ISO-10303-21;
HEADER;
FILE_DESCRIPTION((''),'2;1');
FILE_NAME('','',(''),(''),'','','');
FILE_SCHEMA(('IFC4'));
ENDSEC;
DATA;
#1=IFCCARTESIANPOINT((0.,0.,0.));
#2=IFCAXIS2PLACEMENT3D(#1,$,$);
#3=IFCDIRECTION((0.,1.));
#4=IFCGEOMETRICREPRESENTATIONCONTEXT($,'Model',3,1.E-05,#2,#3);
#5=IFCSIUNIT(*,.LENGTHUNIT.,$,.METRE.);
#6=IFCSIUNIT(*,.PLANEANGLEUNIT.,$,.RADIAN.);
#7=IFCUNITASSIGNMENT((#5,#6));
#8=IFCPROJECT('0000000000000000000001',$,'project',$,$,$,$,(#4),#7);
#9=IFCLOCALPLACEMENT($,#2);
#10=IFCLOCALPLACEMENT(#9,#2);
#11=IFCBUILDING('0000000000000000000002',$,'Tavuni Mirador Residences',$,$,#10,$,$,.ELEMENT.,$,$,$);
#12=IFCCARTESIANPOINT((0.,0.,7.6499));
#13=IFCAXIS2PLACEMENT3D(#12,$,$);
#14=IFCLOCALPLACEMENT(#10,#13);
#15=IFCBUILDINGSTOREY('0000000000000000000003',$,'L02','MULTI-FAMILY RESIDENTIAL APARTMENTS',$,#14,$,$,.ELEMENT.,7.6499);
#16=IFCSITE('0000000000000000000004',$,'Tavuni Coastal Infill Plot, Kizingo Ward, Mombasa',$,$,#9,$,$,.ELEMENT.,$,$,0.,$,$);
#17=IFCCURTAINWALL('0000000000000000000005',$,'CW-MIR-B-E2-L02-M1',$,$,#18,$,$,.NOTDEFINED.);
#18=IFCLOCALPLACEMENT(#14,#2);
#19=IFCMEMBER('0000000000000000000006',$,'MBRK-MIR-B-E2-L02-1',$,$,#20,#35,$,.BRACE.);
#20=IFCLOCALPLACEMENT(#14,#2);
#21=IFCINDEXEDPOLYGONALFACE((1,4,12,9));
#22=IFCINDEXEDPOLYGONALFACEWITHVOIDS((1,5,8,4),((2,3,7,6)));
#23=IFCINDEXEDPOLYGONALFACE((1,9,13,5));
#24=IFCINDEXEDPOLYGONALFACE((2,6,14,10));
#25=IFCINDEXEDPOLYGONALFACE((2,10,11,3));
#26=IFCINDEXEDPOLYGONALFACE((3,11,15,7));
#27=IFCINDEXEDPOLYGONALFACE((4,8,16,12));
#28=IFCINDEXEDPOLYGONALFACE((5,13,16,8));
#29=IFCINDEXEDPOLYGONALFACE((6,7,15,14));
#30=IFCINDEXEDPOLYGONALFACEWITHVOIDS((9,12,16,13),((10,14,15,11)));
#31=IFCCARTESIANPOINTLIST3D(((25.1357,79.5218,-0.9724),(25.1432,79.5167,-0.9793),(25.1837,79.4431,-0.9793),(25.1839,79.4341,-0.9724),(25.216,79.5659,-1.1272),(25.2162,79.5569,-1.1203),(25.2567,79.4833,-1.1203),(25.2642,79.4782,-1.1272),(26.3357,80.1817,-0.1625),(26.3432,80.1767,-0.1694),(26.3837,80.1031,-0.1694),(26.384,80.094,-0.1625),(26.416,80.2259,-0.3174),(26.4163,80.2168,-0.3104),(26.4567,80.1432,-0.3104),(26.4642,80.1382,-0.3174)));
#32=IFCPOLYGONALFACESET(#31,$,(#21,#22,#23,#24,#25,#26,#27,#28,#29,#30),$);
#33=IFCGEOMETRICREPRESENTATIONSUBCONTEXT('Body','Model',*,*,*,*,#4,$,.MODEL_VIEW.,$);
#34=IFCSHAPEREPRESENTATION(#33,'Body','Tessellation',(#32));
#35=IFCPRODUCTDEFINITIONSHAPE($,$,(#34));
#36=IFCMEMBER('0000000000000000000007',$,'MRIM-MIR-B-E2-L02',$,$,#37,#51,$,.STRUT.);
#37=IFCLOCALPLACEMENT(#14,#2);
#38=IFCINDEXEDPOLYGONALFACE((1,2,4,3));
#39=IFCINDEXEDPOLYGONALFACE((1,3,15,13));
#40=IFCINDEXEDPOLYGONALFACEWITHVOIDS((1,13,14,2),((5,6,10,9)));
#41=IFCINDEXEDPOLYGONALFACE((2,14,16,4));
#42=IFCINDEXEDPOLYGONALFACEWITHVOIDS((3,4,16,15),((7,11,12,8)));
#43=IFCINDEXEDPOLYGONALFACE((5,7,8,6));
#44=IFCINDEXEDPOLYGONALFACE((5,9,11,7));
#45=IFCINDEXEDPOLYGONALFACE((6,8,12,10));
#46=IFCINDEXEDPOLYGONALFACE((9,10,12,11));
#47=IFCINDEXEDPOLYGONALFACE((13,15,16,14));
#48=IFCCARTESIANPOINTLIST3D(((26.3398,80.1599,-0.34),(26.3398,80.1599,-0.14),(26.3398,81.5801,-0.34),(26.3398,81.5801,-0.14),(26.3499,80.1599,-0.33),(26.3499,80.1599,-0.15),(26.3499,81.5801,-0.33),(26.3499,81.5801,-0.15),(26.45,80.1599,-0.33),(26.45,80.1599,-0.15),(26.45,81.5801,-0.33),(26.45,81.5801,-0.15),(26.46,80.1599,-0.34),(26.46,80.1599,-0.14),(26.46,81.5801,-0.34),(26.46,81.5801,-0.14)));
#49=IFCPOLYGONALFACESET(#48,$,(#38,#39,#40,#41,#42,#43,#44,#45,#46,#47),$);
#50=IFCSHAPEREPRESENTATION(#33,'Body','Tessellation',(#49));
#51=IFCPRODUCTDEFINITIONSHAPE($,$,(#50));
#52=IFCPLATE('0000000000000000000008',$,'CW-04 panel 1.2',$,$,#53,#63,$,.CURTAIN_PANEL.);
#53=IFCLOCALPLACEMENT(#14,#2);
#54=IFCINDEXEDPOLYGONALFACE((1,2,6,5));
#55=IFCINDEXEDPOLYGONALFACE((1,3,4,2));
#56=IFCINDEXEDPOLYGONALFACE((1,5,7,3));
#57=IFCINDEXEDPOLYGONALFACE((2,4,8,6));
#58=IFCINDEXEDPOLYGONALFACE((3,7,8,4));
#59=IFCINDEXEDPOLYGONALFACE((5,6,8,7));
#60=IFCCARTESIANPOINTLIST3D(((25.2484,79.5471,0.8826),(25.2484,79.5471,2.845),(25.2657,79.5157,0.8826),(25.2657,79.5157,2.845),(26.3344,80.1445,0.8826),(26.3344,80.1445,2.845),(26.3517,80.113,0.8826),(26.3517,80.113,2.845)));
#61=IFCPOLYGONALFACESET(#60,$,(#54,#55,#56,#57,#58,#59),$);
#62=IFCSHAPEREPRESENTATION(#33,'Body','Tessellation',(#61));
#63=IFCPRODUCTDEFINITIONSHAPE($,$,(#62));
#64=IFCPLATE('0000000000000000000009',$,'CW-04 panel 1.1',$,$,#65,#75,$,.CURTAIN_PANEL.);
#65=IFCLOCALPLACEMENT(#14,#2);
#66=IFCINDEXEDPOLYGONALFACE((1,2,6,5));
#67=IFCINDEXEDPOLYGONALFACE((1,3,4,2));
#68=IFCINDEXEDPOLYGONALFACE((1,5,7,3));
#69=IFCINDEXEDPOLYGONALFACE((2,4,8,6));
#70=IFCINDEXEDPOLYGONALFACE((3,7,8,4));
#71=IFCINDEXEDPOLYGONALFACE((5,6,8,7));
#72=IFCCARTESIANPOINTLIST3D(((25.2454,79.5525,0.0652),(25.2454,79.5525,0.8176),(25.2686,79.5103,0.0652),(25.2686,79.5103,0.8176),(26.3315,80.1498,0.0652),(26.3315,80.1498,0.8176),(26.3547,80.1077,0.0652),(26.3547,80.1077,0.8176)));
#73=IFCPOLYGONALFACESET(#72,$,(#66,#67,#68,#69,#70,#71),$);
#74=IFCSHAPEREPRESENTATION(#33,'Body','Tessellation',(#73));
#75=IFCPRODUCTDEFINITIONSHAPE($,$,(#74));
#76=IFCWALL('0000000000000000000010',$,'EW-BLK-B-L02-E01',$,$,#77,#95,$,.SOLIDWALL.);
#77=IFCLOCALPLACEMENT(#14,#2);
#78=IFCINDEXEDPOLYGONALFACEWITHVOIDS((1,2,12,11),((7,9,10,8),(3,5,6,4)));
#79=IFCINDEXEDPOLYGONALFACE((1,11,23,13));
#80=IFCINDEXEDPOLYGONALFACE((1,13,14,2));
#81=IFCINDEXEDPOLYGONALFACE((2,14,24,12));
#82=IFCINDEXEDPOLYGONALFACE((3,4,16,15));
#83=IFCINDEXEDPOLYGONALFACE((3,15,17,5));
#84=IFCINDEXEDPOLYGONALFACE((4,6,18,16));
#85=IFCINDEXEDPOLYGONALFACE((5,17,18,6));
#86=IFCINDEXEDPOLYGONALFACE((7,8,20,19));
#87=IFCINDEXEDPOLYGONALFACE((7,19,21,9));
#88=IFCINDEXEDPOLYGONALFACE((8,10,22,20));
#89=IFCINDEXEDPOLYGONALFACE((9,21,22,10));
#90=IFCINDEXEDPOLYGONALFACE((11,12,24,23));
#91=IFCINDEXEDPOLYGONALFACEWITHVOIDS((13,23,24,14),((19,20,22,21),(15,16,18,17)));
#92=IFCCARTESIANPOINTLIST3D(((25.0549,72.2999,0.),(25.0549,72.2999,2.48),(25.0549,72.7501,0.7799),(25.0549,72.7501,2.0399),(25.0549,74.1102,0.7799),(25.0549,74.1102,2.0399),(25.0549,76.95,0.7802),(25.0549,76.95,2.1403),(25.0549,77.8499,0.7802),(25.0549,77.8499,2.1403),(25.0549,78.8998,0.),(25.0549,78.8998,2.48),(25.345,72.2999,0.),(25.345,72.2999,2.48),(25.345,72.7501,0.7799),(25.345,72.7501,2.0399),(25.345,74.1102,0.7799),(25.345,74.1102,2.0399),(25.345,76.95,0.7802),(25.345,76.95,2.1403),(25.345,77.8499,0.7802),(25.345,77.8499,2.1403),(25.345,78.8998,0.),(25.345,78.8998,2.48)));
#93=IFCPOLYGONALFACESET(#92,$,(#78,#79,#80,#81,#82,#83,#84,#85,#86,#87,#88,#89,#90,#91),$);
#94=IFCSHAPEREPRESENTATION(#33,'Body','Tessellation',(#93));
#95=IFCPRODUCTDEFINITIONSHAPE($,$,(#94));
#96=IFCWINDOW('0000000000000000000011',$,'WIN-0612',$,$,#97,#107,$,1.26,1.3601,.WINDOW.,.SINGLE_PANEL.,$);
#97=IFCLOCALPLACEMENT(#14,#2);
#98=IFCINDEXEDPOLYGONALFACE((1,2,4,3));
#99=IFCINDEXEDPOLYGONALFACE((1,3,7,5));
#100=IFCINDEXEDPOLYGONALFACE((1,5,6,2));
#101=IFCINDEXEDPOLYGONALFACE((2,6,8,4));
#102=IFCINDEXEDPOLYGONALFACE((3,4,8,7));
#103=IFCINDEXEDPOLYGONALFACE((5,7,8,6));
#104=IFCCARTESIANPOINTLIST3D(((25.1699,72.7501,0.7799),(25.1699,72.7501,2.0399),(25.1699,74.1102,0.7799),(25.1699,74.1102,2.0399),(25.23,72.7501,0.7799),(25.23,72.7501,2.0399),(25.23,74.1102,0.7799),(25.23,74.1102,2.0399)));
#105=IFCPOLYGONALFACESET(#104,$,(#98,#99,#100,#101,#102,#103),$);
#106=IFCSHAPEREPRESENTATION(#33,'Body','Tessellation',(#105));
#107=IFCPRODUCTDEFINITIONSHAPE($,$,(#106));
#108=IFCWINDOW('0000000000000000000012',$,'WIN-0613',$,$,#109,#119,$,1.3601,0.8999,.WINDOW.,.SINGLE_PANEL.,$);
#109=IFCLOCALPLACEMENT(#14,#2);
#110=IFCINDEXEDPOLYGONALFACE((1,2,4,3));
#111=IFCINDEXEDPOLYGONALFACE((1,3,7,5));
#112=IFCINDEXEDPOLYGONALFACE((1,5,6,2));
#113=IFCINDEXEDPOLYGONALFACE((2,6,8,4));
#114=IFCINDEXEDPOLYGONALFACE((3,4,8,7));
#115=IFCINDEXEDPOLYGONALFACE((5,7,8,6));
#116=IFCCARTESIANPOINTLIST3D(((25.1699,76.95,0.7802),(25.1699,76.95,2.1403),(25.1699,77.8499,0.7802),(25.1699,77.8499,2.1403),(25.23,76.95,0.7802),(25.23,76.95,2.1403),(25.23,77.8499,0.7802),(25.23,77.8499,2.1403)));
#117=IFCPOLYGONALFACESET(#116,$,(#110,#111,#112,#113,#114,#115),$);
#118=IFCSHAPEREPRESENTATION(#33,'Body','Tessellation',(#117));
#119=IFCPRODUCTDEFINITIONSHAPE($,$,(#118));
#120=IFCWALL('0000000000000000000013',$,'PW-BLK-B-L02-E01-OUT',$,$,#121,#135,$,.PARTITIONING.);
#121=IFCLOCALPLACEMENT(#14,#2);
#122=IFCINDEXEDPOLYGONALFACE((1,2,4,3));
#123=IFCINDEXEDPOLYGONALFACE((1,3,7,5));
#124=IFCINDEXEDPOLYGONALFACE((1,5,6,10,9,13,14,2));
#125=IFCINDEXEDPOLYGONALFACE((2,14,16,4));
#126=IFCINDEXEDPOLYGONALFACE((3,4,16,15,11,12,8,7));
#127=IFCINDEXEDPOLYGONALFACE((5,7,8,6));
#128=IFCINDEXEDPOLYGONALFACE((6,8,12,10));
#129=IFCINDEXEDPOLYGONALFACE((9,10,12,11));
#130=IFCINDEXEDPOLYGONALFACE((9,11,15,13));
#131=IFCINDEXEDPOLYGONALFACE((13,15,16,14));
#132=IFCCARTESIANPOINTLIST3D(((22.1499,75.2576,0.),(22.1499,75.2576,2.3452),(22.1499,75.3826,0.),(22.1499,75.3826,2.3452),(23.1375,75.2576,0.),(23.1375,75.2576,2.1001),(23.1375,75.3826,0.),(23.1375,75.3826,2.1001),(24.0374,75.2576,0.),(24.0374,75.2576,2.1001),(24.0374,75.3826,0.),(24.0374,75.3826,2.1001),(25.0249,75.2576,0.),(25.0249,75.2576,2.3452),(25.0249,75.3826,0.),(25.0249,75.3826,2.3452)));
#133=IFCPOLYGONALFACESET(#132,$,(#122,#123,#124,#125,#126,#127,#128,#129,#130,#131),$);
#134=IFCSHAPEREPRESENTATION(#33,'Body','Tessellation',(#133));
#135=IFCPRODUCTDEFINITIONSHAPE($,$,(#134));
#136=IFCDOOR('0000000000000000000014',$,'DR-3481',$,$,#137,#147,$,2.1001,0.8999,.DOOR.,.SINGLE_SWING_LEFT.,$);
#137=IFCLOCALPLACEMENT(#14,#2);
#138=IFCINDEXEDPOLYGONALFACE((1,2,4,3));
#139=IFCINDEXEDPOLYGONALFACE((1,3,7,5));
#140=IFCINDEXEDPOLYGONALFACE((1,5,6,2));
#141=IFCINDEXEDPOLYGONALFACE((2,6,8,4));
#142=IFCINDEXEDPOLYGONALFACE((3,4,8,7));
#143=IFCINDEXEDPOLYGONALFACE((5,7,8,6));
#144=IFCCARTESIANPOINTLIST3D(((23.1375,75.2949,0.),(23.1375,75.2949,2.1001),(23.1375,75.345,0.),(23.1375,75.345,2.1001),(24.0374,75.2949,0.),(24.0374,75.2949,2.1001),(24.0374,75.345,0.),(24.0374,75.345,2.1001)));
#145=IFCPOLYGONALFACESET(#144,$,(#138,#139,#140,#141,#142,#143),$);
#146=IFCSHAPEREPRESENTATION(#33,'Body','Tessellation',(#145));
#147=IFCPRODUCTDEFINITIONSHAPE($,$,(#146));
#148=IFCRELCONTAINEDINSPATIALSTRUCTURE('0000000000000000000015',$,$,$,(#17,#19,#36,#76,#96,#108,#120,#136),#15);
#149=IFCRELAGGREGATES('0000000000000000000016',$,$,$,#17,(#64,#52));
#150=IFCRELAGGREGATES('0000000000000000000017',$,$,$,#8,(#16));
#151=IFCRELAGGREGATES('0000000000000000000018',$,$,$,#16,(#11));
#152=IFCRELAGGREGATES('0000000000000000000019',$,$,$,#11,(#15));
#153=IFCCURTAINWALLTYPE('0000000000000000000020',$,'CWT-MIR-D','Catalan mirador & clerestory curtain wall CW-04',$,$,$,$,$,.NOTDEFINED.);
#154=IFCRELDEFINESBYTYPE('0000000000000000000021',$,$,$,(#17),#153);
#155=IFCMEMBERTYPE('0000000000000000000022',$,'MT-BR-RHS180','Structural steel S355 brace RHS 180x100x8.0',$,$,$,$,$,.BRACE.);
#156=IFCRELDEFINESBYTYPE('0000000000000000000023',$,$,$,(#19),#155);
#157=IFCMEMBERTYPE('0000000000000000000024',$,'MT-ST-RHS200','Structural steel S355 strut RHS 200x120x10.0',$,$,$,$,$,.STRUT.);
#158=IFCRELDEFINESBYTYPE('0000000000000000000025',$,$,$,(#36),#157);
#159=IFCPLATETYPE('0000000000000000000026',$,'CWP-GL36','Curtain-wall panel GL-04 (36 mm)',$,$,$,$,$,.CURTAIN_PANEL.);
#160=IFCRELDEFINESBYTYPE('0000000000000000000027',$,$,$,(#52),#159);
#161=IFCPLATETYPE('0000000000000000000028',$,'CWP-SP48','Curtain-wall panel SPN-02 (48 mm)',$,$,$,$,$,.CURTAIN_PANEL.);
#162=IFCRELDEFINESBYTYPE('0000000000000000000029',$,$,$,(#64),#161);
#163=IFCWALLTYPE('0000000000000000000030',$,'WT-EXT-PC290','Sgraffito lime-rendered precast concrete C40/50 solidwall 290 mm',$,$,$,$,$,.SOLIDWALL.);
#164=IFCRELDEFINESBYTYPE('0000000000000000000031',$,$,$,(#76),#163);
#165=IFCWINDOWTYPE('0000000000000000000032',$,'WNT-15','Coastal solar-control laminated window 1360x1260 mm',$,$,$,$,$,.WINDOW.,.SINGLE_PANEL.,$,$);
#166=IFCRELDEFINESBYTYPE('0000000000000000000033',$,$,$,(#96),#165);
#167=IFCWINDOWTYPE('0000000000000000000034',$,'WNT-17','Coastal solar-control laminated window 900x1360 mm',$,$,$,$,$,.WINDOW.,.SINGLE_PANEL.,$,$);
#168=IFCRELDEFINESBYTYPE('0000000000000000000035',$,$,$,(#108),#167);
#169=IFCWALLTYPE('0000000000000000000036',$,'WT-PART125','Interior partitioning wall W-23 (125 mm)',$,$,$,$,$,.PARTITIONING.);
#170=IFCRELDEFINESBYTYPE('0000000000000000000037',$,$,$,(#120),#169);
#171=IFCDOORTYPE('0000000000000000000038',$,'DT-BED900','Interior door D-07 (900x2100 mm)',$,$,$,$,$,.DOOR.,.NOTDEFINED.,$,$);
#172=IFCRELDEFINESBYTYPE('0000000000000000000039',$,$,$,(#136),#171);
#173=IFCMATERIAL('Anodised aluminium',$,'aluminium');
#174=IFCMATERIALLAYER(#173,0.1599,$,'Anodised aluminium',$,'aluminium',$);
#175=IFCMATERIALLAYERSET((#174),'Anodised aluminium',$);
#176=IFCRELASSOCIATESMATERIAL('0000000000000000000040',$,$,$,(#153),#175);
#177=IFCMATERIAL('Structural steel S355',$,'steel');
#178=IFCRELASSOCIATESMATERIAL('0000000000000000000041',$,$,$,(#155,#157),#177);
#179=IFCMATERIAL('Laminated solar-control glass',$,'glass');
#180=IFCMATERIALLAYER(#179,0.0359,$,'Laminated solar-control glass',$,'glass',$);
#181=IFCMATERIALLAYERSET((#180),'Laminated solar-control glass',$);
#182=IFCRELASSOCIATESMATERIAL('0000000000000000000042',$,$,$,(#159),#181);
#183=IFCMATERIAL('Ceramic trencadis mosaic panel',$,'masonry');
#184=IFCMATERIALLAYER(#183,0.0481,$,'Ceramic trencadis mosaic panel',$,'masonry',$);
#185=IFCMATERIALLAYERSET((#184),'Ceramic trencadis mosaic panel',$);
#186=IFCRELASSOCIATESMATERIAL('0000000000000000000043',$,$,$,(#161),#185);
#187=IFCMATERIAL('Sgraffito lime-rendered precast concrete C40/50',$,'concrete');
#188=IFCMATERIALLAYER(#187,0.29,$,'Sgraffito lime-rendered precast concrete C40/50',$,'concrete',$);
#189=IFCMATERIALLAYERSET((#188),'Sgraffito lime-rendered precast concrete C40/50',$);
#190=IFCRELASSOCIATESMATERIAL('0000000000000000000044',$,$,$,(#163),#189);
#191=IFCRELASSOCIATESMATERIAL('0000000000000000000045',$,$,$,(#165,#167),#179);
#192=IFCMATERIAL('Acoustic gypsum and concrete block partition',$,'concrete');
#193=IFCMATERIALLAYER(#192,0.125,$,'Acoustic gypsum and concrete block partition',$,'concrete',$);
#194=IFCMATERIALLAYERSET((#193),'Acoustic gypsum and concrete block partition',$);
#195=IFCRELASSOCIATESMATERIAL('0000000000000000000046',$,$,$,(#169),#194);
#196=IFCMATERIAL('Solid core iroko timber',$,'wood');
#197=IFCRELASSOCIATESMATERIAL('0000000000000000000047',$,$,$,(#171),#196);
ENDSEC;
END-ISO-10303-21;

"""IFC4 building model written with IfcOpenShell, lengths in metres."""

from ifc_helpers import new_model, si_unit, direction, frame, frame_2d, origin, origin_2d, place, context, subcontext, project, spatial, rectangle, hollow_rectangle, extrude, material, layer, layer_set, material_profile, profile_set, type_object, element, fill, aggregate, save


model = new_model("IFC4")

# Units and contexts
model_context = context("Model", 3, precision=1e-05, world=origin(), true_north=direction((0.0, 1.0)))
body_context = subcontext(model_context, "Body", "Model", "MODEL_VIEW")
ifc_project = project(units=[si_unit("LENGTHUNIT", "METRE"), si_unit("PLANEANGLEUNIT", "RADIAN")], contexts=[model_context])

# Site, building, storey
site_placement = place(None, origin())
site = spatial("IfcSite", under=ifc_project, at=site_placement, Name="Tavuni Coastal Infill Plot, Kizingo Ward, Mombasa", CompositionType="ELEMENT", RefElevation=0.0)
building_placement = place(site_placement, origin())
building = spatial("IfcBuilding", under=site, at=building_placement, Name="Tavuni Mirador Residences", CompositionType="ELEMENT")
storey_placement = place(building_placement, frame((0.0, 0.0, 7.6499)))
storey = spatial("IfcBuildingStorey", under=building, at=storey_placement, Name="L02", Description="MULTI-FAMILY RESIDENTIAL APARTMENTS", CompositionType="ELEMENT", Elevation=7.6499)

# Shared definitions
ifc_material_1 = material(Name="Anodised aluminium", Category="aluminium")

# Curtain wall
ifc_layer_1 = layer(ifc_material_1, 0.1599, Name="Anodised aluminium", Category="aluminium")
ifc_layer_set_1 = layer_set([ifc_layer_1], Name="Anodised aluminium")
curtain_wall_type_1 = type_object("IfcCurtainWallType", Name="CWT-MIR-D", Description="Catalan mirador & clerestory curtain wall CW-04", PredefinedType="NOTDEFINED", material=ifc_layer_set_1)
curtain_wall_1_placement = place(storey_placement, origin())
curtain_wall_1 = element("IfcCurtainWall", 1, at=curtain_wall_1_placement, inside=storey, type_object=curtain_wall_type_1, Name="CW-MIR-B-E2-L02-M1", PredefinedType="NOTDEFINED")

# Members
ifc_material_2 = material(Name="Structural steel S355", Category="steel")
ifc_material_profile_1 = material_profile(ifc_material_2, hollow_rectangle(XDim=0.1001, YDim=0.1799, WallThickness=0.0081, at=origin_2d()), Name="RHS 180x100x8.0", Category="steel")
ifc_profile_set_1 = profile_set([ifc_material_profile_1], Name="Structural steel S355")
member_type_1 = type_object("IfcMemberType", Name="MT-BR-RHS180", Description="Structural steel S355 brace RHS 180x100x8.0", PredefinedType="BRACE", material=ifc_profile_set_1)
member_1_placement = place(storey_placement, frame((25.2, 79.5, -1.0498), z_axis=(0.754229, 0.414788, 0.509009), x_axis=(-0.481885, 0.876235, 0.0)))
element("IfcMember", 2, at=member_1_placement, inside=storey, type_object=member_type_1, Name="MBRK-MIR-B-E2-L02-1", PredefinedType="BRACE", context=body_context, shape_type="SweptSolid", body=[
    extrude(hollow_rectangle(XDim=0.1001, YDim=0.1799, WallThickness=0.0081, at=origin_2d()), origin(), (0.0, 0.0, 1.0), 1.5911),
])
ifc_material_profile_2 = material_profile(ifc_material_2, hollow_rectangle(XDim=0.1201, YDim=0.2, WallThickness=0.01, at=origin_2d()), Name="RHS 200x120x10.0", Category="steel")
ifc_profile_set_2 = profile_set([ifc_material_profile_2], Name="Structural steel S355")
member_type_2 = type_object("IfcMemberType", Name="MT-ST-RHS200", Description="Structural steel S355 strut RHS 200x120x10.0", PredefinedType="STRUT", material=ifc_profile_set_2)
member_2_placement = place(storey_placement, frame((26.3999, 80.1599, -0.24), z_axis=(0.0, 1.0, 0.0), x_axis=(-1.0, 0.0, 0.0)))
element("IfcMember", 3, at=member_2_placement, inside=storey, type_object=member_type_2, Name="MRIM-MIR-B-E2-L02", PredefinedType="STRUT", context=body_context, shape_type="SweptSolid", body=[
    extrude(hollow_rectangle(XDim=0.1201, YDim=0.2, WallThickness=0.01, at=origin_2d()), origin(), (0.0, 0.0, 1.0), 1.4202),
])

# Plates
ifc_material_3 = material(Name="Laminated solar-control glass", Category="glass")
ifc_layer_2 = layer(ifc_material_3, 0.0359, Name="Laminated solar-control glass", Category="glass")
ifc_layer_set_2 = layer_set([ifc_layer_2], Name="Laminated solar-control glass")
plate_type_1 = type_object("IfcPlateType", Name="CWP-GL36", Description="Curtain-wall panel GL-04 (36 mm)", PredefinedType="CURTAIN_PANEL", material=ifc_layer_set_2)
plate_1_placement = place(storey_placement, frame((25.8, 79.8301, 0.8826), z_axis=(0.0, 0.0, 1.0), x_axis=(0.876216, 0.481919, 0.0)))
plate_1 = element("IfcPlate", 4, at=plate_1_placement, type_object=plate_type_1, Name="CW-04 panel 1.2", PredefinedType="CURTAIN_PANEL", context=body_context, shape_type="SweptSolid", body=[
    extrude(rectangle(XDim=1.2395, YDim=0.0359, at=origin_2d()), origin(), (0.0, 0.0, 1.0), 1.9624),
])
ifc_material_4 = material(Name="Ceramic trencadis mosaic panel", Category="masonry")
ifc_layer_3 = layer(ifc_material_4, 0.0481, Name="Ceramic trencadis mosaic panel", Category="masonry")
ifc_layer_set_3 = layer_set([ifc_layer_3], Name="Ceramic trencadis mosaic panel")
plate_type_2 = type_object("IfcPlateType", Name="CWP-SP48", Description="Curtain-wall panel SPN-02 (48 mm)", PredefinedType="CURTAIN_PANEL", material=ifc_layer_set_3)
plate_2_placement = place(storey_placement, frame((25.8, 79.8301, 0.0652), z_axis=(0.0, 0.0, 1.0), x_axis=(0.876216, 0.481919, 0.0)))
plate_2 = element("IfcPlate", 5, at=plate_2_placement, type_object=plate_type_2, Name="CW-04 panel 1.1", PredefinedType="CURTAIN_PANEL", context=body_context, shape_type="SweptSolid", body=[
    extrude(rectangle(XDim=1.2395, YDim=0.0481, at=origin_2d()), origin(), (0.0, 0.0, 1.0), 0.7524),
])
aggregate(curtain_wall_1, [plate_2, plate_1])

# Wall, openings, windows
ifc_material_5 = material(Name="Sgraffito lime-rendered precast concrete C40/50", Category="concrete")
ifc_layer_4 = layer(ifc_material_5, 0.29, Name="Sgraffito lime-rendered precast concrete C40/50", Category="concrete")
ifc_layer_set_4 = layer_set([ifc_layer_4], Name="Sgraffito lime-rendered precast concrete C40/50")
wall_type_1 = type_object("IfcWallType", Name="WT-EXT-PC290", Description="Sgraffito lime-rendered precast concrete C40/50 solidwall 290 mm", PredefinedType="SOLIDWALL", material=ifc_layer_set_4)
wall_1_placement = place(storey_placement, frame((25.2, 72.3, 0.0), z_axis=(0.0, 0.0, 1.0), x_axis=(0.0, 1.0, 0.0)))
wall_1 = element("IfcWall", 6, at=wall_1_placement, inside=storey, type_object=wall_type_1, Name="EW-BLK-B-L02-E01", PredefinedType="SOLIDWALL", context=body_context, shape_type="SweptSolid", body=[
    extrude(rectangle(XDim=6.5999, YDim=0.29, at=frame_2d((3.2998, 0.0))), origin(), (0.0, 0.0, 1.0), 2.48),
])
opening_1_placement = place(wall_1_placement, frame((0.45, 0.0, 0.78)))
opening_1 = element("IfcOpeningElement", 7, at=opening_1_placement, cuts=wall_1, PredefinedType="OPENING", context=body_context, shape_type="SweptSolid", body=[
    extrude(rectangle(XDim=1.3601, YDim=1.26, at=frame_2d((0.6802, 0.6299))), frame((0.0, 0.155, 0.0), z_axis=(0.0, -1.0, 0.0), x_axis=(1.0, 0.0, 0.0)), (0.0, 0.0, 1.0), 0.3101),
])
opening_2_placement = place(wall_1_placement, frame((4.6499, 0.0, 0.78)))
opening_2 = element("IfcOpeningElement", 8, at=opening_2_placement, cuts=wall_1, PredefinedType="OPENING", context=body_context, shape_type="SweptSolid", body=[
    extrude(rectangle(XDim=0.8999, YDim=1.3601, at=frame_2d((0.45, 0.6802))), frame((0.0, 0.155, 0.0), z_axis=(0.0, -1.0, 0.0), x_axis=(1.0, 0.0, 0.0)), (0.0, 0.0, 1.0), 0.3101),
])
window_type_1 = type_object("IfcWindowType", Name="WNT-15", Description="Coastal solar-control laminated window 1360x1260 mm", PartitioningType="SINGLE_PANEL", PredefinedType="WINDOW", material=ifc_material_3)
window_1_placement = place(opening_1_placement, origin())
window_1 = element("IfcWindow", 9, at=window_1_placement, inside=storey, type_object=window_type_1, Name="WIN-0612", OverallHeight=1.26, OverallWidth=1.3601, PartitioningType="SINGLE_PANEL", PredefinedType="WINDOW", context=body_context, shape_type="SweptSolid", body=[
    extrude(rectangle(XDim=1.3601, YDim=1.26, at=frame_2d((0.6802, 0.6299))), frame((0.0, 0.03, 0.0), z_axis=(0.0, -1.0, 0.0), x_axis=(1.0, 0.0, 0.0)), (0.0, 0.0, 1.0), 0.0601),
])
fill(opening_1, window_1)
window_type_2 = type_object("IfcWindowType", Name="WNT-17", Description="Coastal solar-control laminated window 900x1360 mm", PartitioningType="SINGLE_PANEL", PredefinedType="WINDOW", material=ifc_material_3)
window_2_placement = place(opening_2_placement, origin())
window_2 = element("IfcWindow", 10, at=window_2_placement, inside=storey, type_object=window_type_2, Name="WIN-0613", OverallHeight=1.3601, OverallWidth=0.8999, PartitioningType="SINGLE_PANEL", PredefinedType="WINDOW", context=body_context, shape_type="SweptSolid", body=[
    extrude(rectangle(XDim=0.8999, YDim=1.3601, at=frame_2d((0.45, 0.6802))), frame((0.0, 0.03, 0.0), z_axis=(0.0, -1.0, 0.0), x_axis=(1.0, 0.0, 0.0)), (0.0, 0.0, 1.0), 0.0601),
])
fill(opening_2, window_2)

# Wall, opening, door
ifc_material_6 = material(Name="Acoustic gypsum and concrete block partition", Category="concrete")
ifc_layer_5 = layer(ifc_material_6, 0.125, Name="Acoustic gypsum and concrete block partition", Category="concrete")
ifc_layer_set_5 = layer_set([ifc_layer_5], Name="Acoustic gypsum and concrete block partition")
wall_type_2 = type_object("IfcWallType", Name="WT-PART125", Description="Interior partitioning wall W-23 (125 mm)", PredefinedType="PARTITIONING", material=ifc_layer_set_5)
wall_2_placement = place(storey_placement, frame((22.1499, 75.3201, 0.0), z_axis=(0.0, 0.0, 1.0), x_axis=(1.0, 0.0, 0.0)))
wall_2 = element("IfcWall", 11, at=wall_2_placement, inside=storey, type_object=wall_type_2, Name="PW-BLK-B-L02-E01-OUT", PredefinedType="PARTITIONING", context=body_context, shape_type="SweptSolid", body=[
    extrude(rectangle(XDim=2.875, YDim=0.125, at=frame_2d((1.4375, 0.0))), origin(), (0.0, 0.0, 1.0), 2.3452),
])
opening_3_placement = place(wall_2_placement, frame((0.9875, 0.0, 0.0)))
opening_3 = element("IfcOpeningElement", 12, at=opening_3_placement, cuts=wall_2, PredefinedType="OPENING", context=body_context, shape_type="SweptSolid", body=[
    extrude(rectangle(XDim=0.8999, YDim=2.1001, at=frame_2d((0.45, 1.05))), frame((0.0, 0.0725, 0.0), z_axis=(0.0, -1.0, 0.0), x_axis=(1.0, 0.0, 0.0)), (0.0, 0.0, 1.0), 0.145),
])
ifc_material_7 = material(Name="Solid core iroko timber", Category="wood")
door_type_1 = type_object("IfcDoorType", Name="DT-BED900", Description="Interior door D-07 (900x2100 mm)", OperationType="NOTDEFINED", PredefinedType="DOOR", material=ifc_material_7)
door_1_placement = place(opening_3_placement, origin())
door_1 = element("IfcDoor", 13, at=door_1_placement, inside=storey, type_object=door_type_1, Name="DR-3481", OperationType="SINGLE_SWING_LEFT", OverallHeight=2.1001, OverallWidth=0.8999, PredefinedType="DOOR", context=body_context, shape_type="SweptSolid", body=[
    extrude(rectangle(XDim=0.8999, YDim=2.1001, at=frame_2d((0.45, 1.05))), frame((0.0, 0.0249, 0.0), z_axis=(0.0, -1.0, 0.0), x_axis=(1.0, 0.0, 0.0)), (0.0, 0.0, 1.0), 0.05),
])
fill(opening_3, door_1)

save(model, "model.ifc")
